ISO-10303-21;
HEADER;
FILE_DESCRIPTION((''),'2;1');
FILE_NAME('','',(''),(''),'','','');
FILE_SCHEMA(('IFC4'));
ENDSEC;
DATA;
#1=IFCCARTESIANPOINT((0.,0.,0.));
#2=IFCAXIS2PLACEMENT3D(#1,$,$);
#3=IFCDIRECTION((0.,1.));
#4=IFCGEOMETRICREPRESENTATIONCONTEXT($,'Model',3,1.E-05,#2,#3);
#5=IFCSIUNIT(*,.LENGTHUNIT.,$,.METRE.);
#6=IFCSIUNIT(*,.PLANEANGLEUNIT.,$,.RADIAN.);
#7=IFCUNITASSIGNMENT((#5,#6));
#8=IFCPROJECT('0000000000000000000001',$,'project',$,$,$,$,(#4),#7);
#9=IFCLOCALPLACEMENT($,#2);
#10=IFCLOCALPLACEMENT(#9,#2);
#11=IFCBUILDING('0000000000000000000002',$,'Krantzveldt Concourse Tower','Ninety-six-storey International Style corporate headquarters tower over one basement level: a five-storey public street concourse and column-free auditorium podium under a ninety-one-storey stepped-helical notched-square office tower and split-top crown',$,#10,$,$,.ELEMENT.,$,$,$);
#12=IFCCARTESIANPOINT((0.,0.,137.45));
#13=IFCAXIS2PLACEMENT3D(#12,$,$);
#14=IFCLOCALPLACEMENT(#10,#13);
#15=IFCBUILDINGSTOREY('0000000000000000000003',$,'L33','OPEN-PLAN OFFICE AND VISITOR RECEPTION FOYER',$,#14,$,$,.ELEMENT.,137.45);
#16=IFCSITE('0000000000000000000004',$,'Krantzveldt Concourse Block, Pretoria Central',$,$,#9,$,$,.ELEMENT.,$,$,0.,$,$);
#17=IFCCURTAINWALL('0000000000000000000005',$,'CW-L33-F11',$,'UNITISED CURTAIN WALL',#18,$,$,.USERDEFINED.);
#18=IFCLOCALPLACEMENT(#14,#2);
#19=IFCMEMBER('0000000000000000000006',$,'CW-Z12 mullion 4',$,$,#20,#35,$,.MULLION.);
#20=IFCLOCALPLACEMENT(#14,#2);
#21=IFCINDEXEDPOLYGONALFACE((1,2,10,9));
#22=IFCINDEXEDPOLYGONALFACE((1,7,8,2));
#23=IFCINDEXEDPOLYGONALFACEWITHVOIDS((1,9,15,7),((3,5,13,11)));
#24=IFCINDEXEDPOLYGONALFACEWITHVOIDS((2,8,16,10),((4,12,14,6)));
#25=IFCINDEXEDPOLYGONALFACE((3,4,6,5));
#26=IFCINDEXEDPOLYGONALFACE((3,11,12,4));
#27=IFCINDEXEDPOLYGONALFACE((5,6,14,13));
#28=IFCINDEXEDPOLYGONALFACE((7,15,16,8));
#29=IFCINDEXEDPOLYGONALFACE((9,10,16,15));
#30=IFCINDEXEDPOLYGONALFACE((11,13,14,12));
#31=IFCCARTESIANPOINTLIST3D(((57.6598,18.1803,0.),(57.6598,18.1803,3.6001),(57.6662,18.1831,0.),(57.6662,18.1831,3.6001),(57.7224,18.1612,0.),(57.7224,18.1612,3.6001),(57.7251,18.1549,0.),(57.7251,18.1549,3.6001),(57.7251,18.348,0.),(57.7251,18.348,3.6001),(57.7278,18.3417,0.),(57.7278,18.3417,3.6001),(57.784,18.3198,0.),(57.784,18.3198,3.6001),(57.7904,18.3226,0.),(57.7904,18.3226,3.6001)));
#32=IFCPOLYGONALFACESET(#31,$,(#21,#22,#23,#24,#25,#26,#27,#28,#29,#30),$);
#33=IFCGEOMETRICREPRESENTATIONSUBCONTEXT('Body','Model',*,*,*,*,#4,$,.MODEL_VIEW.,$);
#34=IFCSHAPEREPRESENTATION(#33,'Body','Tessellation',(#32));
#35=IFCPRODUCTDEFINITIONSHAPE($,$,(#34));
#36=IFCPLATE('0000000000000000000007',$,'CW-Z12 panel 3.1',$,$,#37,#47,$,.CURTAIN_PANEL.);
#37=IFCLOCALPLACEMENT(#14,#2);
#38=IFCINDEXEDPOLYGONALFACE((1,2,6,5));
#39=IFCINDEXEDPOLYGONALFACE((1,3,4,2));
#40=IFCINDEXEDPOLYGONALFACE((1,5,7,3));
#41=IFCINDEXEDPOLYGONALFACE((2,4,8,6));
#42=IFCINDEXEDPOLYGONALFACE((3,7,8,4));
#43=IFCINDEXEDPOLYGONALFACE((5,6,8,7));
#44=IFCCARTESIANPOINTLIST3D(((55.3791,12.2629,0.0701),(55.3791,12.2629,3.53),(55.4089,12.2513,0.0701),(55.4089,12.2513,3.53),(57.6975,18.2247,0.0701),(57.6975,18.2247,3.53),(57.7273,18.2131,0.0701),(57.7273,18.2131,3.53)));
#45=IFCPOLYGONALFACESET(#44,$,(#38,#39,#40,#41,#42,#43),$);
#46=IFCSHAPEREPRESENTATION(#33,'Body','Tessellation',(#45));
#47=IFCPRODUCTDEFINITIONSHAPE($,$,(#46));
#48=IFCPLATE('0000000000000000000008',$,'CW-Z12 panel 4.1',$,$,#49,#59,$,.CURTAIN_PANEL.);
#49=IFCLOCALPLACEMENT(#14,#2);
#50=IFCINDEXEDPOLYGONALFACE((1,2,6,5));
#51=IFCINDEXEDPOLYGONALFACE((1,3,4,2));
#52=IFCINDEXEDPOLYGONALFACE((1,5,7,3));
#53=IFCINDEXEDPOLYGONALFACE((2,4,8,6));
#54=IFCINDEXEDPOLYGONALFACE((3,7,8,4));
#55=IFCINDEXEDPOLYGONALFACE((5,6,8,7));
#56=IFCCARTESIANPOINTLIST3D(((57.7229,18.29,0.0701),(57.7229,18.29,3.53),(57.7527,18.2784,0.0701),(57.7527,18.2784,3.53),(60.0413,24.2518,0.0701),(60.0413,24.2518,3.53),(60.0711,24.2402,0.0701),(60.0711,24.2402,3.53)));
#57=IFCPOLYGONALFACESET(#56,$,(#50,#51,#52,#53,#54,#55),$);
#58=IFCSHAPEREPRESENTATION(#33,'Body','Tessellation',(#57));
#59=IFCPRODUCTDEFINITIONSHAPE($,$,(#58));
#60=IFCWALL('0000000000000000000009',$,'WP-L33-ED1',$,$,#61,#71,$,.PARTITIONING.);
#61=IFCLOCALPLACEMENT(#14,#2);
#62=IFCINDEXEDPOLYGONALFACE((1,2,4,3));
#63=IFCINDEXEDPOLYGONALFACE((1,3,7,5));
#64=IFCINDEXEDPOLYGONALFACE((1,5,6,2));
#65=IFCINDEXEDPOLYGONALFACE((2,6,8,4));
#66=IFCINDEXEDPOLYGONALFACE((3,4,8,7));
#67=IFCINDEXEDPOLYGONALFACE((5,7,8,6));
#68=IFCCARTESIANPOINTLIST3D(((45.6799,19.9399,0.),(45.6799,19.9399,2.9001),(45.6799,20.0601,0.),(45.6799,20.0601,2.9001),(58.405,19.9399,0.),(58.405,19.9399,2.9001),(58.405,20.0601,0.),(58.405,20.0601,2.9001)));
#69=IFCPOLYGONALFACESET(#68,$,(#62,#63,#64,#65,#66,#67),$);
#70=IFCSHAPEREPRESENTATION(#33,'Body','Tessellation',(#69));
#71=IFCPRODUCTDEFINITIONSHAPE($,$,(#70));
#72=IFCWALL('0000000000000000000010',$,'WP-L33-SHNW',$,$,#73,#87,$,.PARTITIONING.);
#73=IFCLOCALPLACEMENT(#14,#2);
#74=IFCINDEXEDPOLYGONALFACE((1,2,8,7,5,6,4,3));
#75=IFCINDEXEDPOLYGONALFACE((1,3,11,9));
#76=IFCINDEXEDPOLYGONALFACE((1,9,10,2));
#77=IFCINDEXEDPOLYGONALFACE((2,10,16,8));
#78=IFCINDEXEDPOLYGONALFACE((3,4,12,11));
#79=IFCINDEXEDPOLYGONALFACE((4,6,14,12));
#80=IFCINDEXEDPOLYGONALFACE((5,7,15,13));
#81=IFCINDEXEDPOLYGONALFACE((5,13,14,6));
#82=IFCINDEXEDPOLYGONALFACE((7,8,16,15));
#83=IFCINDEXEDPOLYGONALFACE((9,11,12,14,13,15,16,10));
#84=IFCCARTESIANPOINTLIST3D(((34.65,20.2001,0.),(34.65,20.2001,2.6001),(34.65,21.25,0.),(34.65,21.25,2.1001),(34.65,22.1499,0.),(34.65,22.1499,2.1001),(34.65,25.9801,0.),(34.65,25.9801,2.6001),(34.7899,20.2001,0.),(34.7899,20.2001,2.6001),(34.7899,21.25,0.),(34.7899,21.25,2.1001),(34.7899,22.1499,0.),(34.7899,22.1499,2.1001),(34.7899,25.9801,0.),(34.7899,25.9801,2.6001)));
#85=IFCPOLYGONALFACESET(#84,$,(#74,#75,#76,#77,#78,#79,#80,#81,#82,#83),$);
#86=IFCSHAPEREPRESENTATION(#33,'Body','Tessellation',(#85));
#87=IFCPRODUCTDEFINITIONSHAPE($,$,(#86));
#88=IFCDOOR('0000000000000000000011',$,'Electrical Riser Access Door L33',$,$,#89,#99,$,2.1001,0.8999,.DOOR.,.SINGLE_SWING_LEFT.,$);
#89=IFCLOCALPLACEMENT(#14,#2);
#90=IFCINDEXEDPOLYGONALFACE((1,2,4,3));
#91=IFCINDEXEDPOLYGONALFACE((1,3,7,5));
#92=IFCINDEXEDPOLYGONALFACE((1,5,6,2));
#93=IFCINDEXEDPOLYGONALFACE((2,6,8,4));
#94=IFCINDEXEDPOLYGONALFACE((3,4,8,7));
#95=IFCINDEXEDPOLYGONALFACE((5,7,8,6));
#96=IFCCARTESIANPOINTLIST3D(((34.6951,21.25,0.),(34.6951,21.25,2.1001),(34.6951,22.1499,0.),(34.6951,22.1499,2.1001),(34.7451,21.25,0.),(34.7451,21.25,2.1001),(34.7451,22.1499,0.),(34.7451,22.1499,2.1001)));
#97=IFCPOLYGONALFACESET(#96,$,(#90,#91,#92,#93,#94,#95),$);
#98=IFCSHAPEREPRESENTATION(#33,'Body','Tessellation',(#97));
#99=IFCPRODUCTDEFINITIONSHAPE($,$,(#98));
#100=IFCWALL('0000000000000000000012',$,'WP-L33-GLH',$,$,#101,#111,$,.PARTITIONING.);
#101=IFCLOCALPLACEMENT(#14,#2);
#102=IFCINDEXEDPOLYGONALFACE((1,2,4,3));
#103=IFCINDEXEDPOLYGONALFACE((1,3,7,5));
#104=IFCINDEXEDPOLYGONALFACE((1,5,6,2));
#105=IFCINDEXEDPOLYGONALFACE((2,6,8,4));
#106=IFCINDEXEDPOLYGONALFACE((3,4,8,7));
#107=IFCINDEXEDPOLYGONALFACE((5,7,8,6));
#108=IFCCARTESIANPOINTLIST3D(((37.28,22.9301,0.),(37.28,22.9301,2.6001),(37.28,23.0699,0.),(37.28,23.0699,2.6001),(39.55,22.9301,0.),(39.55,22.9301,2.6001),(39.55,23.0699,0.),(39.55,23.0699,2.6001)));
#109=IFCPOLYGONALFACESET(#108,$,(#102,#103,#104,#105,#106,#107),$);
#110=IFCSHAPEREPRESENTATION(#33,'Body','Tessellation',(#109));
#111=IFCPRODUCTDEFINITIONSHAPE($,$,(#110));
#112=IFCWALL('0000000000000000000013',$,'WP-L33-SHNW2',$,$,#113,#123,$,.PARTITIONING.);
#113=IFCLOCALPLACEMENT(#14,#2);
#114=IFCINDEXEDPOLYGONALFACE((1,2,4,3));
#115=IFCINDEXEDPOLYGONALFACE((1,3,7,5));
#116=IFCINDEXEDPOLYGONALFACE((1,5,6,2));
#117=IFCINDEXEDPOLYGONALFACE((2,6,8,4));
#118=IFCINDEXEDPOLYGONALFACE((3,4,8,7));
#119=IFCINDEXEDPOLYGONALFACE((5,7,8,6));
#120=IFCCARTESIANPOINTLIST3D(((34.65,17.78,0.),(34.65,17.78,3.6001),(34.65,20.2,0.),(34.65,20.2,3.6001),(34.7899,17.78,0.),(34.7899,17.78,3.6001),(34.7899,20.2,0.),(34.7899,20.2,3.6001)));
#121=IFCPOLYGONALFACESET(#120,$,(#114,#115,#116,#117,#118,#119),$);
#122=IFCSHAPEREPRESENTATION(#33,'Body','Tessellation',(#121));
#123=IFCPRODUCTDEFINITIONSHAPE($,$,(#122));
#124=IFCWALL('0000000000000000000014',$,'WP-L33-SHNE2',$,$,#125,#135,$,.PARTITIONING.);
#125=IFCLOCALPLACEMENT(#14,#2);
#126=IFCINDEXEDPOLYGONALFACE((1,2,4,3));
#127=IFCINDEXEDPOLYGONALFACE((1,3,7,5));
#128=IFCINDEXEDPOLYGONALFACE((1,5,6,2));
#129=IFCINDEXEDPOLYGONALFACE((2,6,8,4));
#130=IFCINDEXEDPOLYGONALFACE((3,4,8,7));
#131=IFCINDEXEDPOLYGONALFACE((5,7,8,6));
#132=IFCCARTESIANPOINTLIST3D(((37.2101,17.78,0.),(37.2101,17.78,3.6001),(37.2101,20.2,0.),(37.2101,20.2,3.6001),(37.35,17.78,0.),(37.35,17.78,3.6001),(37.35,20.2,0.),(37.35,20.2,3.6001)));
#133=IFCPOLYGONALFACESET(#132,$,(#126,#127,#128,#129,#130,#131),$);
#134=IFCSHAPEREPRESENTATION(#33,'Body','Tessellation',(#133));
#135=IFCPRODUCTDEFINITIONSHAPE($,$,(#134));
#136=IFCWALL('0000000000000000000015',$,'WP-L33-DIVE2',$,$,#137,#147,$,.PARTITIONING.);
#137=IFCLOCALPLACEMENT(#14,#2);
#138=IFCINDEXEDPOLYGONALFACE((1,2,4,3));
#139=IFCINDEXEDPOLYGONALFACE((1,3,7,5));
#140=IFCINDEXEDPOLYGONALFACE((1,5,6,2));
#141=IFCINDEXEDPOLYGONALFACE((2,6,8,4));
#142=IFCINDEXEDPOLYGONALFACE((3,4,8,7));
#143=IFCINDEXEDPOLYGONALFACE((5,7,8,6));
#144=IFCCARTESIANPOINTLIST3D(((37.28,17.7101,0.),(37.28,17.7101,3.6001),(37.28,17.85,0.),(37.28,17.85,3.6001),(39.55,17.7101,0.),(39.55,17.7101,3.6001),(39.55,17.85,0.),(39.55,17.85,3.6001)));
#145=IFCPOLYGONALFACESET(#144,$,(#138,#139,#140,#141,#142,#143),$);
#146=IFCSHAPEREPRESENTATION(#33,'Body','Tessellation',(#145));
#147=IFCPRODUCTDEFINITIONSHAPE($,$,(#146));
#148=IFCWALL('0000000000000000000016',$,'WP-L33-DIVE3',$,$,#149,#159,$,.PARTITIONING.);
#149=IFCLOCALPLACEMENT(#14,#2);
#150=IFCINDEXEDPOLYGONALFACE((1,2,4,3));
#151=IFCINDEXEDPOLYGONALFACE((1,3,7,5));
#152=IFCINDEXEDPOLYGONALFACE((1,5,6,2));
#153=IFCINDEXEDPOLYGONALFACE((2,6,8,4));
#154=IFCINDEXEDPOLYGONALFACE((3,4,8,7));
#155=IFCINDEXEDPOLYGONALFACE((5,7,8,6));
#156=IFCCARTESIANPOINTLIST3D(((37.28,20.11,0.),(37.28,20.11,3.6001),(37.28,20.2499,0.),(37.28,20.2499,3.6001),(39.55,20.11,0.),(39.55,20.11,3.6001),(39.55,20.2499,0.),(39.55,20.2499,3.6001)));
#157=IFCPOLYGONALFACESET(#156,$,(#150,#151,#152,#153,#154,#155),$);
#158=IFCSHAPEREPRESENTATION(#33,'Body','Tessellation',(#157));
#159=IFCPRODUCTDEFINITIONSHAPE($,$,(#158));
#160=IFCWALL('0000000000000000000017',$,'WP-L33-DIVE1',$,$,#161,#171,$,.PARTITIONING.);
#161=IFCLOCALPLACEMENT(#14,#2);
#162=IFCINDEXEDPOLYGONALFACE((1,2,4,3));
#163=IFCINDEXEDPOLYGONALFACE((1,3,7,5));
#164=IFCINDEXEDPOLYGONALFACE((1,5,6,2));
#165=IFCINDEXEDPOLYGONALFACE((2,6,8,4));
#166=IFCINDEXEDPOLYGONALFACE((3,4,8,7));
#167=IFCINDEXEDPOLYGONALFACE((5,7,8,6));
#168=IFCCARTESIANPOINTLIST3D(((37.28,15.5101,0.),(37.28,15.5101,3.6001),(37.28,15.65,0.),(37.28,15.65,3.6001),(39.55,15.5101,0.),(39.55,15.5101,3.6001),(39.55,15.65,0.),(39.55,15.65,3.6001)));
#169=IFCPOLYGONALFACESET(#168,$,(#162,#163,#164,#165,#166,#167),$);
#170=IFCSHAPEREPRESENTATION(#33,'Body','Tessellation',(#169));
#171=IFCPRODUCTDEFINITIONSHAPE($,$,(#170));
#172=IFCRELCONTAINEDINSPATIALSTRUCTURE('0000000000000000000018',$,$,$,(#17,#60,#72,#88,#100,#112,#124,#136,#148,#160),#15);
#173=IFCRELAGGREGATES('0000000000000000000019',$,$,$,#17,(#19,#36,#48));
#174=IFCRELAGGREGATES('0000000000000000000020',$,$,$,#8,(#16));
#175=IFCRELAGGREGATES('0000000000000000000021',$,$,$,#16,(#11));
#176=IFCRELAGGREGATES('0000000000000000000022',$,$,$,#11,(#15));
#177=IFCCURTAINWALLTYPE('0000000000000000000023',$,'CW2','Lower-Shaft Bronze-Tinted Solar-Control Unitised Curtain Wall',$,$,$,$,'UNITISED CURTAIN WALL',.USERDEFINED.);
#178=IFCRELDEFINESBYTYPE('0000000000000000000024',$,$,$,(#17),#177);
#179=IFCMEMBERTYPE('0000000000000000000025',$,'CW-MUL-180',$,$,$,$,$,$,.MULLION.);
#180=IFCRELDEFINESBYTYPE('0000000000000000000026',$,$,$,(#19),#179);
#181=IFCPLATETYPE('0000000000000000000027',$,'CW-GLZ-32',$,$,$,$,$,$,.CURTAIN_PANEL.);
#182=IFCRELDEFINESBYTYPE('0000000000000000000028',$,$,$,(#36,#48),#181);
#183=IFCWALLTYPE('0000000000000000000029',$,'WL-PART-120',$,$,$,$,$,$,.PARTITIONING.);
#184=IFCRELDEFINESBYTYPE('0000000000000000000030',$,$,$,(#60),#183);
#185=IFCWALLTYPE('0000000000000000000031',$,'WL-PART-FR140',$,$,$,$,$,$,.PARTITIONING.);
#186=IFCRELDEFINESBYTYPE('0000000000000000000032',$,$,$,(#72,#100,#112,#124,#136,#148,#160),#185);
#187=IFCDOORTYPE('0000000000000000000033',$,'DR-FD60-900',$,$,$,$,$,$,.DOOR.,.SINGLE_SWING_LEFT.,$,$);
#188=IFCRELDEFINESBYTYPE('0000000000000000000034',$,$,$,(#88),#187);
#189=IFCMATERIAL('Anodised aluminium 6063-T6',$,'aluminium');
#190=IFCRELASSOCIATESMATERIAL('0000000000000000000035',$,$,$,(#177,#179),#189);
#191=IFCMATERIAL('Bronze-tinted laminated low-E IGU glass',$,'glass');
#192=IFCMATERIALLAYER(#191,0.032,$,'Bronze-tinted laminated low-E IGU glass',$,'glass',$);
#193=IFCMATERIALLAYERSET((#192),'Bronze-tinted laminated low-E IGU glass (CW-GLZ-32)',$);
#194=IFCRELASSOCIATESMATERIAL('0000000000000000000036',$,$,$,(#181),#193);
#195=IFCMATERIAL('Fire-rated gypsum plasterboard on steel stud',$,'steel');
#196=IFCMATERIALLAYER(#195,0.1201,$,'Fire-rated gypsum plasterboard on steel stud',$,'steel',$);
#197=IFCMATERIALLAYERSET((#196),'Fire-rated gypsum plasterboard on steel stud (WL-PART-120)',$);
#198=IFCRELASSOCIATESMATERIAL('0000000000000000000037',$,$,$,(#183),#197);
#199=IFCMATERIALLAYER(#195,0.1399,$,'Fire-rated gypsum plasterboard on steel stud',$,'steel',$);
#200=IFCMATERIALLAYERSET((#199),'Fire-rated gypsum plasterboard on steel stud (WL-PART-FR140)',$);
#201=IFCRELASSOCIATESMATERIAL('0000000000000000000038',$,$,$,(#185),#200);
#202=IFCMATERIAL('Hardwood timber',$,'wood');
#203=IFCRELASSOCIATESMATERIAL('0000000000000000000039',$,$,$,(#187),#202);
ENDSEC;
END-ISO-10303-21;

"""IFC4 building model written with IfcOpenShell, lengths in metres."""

from ifc_helpers import new_model, si_unit, direction, frame, frame_2d, origin, origin_2d, place, context, subcontext, project, spatial, rectangle, hollow_rectangle, extrude, source, transform, mapped, material, layer, layer_set, material_profile, profile_set, type_object, type_shapes, element, fill, aggregate, save


model = new_model("IFC4")

# Units and contexts
model_context = context("Model", 3, precision=1e-05, world=origin(), true_north=direction((0.0, 1.0)))
body_context = subcontext(model_context, "Body", "Model", "MODEL_VIEW")
ifc_project = project(units=[si_unit("LENGTHUNIT", "METRE"), si_unit("PLANEANGLEUNIT", "RADIAN")], contexts=[model_context])

# Site, building, storey
site_placement = place(None, origin())
site = spatial("IfcSite", under=ifc_project, at=site_placement, Name="Krantzveldt Concourse Block, Pretoria Central", CompositionType="ELEMENT", RefElevation=0.0)
building_placement = place(site_placement, origin())
building = spatial("IfcBuilding", under=site, at=building_placement, Name="Krantzveldt Concourse Tower", Description="Ninety-six-storey International Style corporate headquarters tower over one basement level: a five-storey public street concourse and column-free auditorium podium under a ninety-one-storey stepped-helical notched-square office tower and split-top crown", CompositionType="ELEMENT")
storey_placement = place(building_placement, frame((0.0, 0.0, 137.45)))
storey = spatial("IfcBuildingStorey", under=building, at=storey_placement, Name="L33", Description="OPEN-PLAN OFFICE AND VISITOR RECEPTION FOYER", CompositionType="ELEMENT", Elevation=137.45)

# Curtain wall, member, plates
ifc_material_1 = material(Name="Anodised aluminium 6063-T6", Category="aluminium")
curtain_wall_type = type_object("IfcCurtainWallType", Name="CW2", Description="Lower-Shaft Bronze-Tinted Solar-Control Unitised Curtain Wall", ElementType="UNITISED CURTAIN WALL", PredefinedType="USERDEFINED", material=ifc_material_1)
curtain_wall_placement = place(storey_placement, origin())
curtain_wall = element("IfcCurtainWall", 1, at=curtain_wall_placement, inside=storey, type_object=curtain_wall_type, Name="CW-L33-F11", ObjectType="UNITISED CURTAIN WALL", PredefinedType="USERDEFINED")
ifc_material_profile_1 = material_profile(ifc_material_1, hollow_rectangle(XDim=0.0701, YDim=0.1799, WallThickness=0.0049, at=origin_2d()), Name="Anodised aluminium 6063-T6", Category="aluminium")
ifc_profile_set_1 = profile_set([ifc_material_profile_1], Name="Anodised aluminium 6063-T6 - ALU-MULL 180x70x5")
member_type_1 = type_object("IfcMemberType", Name="CW-MUL-180", PredefinedType="MULLION", material=ifc_profile_set_1)
shared_shape_1 = source(origin(), body_context, "Body", "SweptSolid", [
    extrude(hollow_rectangle(XDim=0.0701, YDim=0.1799, WallThickness=0.0049, at=origin_2d()), origin(), (0.0, 0.0, 1.0), 3.6001),
])
type_shapes(member_type_1, [shared_shape_1])
member_1_placement = place(storey_placement, frame((57.7251, 18.2515, 0.0), z_axis=(0.0, 0.0, 1.0), x_axis=(-0.932008, 0.362438, 0.0)))
member_1 = element("IfcMember", 2, at=member_1_placement, type_object=member_type_1, Name="CW-Z12 mullion 4", PredefinedType="MULLION", context=body_context, shape_type="MappedRepresentation", body=[
    mapped(shared_shape_1, transform((0.0, 0.0, 0.0), x_axis=(1.0, 0.0, 0.0), y_axis=(0.0, 1.0, 0.0), z_axis=(0.0, 0.0, 1.0), scale=1.0)),
])
ifc_material_2 = material(Name="Bronze-tinted laminated low-E IGU glass", Category="glass")
ifc_layer_1 = layer(ifc_material_2, 0.032, Name="Bronze-tinted laminated low-E IGU glass", Category="glass")
ifc_layer_set_1 = layer_set([ifc_layer_1], Name="Bronze-tinted laminated low-E IGU glass (CW-GLZ-32)")
plate_type = type_object("IfcPlateType", Name="CW-GLZ-32", PredefinedType="CURTAIN_PANEL", material=ifc_layer_set_1)
shared_shape_2 = source(origin(), body_context, "Body", "SweptSolid", [
    extrude(rectangle(XDim=6.3967, YDim=0.032, at=origin_2d()), origin(), (0.0, 0.0, 1.0), 3.46),
])
type_shapes(plate_type, [shared_shape_2])
plate_1_placement = place(storey_placement, frame((56.5532, 15.238, 0.0701), z_axis=(0.0, 0.0, 1.0), x_axis=(0.362438, 0.932008, 0.0)))
plate_1 = element("IfcPlate", 3, at=plate_1_placement, type_object=plate_type, Name="CW-Z12 panel 3.1", PredefinedType="CURTAIN_PANEL", context=body_context, shape_type="MappedRepresentation", body=[
    mapped(shared_shape_2, transform((0.0, 0.0, 0.0), x_axis=(1.0, 0.0, 0.0), y_axis=(0.0, 1.0, 0.0), z_axis=(0.0, 0.0, 1.0), scale=1.0)),
])
plate_2_placement = place(storey_placement, frame((58.897, 21.2651, 0.0701), z_axis=(0.0, 0.0, 1.0), x_axis=(0.362438, 0.932008, 0.0)))
plate_2 = element("IfcPlate", 4, at=plate_2_placement, type_object=plate_type, Name="CW-Z12 panel 4.1", PredefinedType="CURTAIN_PANEL", context=body_context, shape_type="MappedRepresentation", body=[
    mapped(shared_shape_2, transform((0.0, 0.0, 0.0), x_axis=(1.0, 0.0, 0.0), y_axis=(0.0, 1.0, 0.0), z_axis=(0.0, 0.0, 1.0), scale=1.0)),
])
aggregate(curtain_wall, [member_1, plate_1, plate_2])

# Wall
ifc_material_3 = material(Name="Fire-rated gypsum plasterboard on steel stud", Category="steel")
ifc_layer_2 = layer(ifc_material_3, 0.1201, Name="Fire-rated gypsum plasterboard on steel stud", Category="steel")
ifc_layer_set_2 = layer_set([ifc_layer_2], Name="Fire-rated gypsum plasterboard on steel stud (WL-PART-120)")
wall_type_1 = type_object("IfcWallType", Name="WL-PART-120", PredefinedType="PARTITIONING", material=ifc_layer_set_2)
wall_1_placement = place(storey_placement, frame((45.6799, 20.0, 0.0), z_axis=(0.0, 0.0, 1.0), x_axis=(1.0, 0.0, 0.0)))
element("IfcWall", 5, at=wall_1_placement, inside=storey, type_object=wall_type_1, Name="WP-L33-ED1", PredefinedType="PARTITIONING", context=body_context, shape_type="SweptSolid", body=[
    extrude(rectangle(XDim=12.7251, YDim=0.1201, at=frame_2d((6.3625, 0.0))), origin(), (0.0, 0.0, 1.0), 2.9001),
])

# Wall, opening, door
ifc_layer_3 = layer(ifc_material_3, 0.1399, Name="Fire-rated gypsum plasterboard on steel stud", Category="steel")
ifc_layer_set_3 = layer_set([ifc_layer_3], Name="Fire-rated gypsum plasterboard on steel stud (WL-PART-FR140)")
wall_type_2 = type_object("IfcWallType", Name="WL-PART-FR140", PredefinedType="PARTITIONING", material=ifc_layer_set_3)
wall_2_placement = place(storey_placement, frame((34.72, 20.2, 0.0), z_axis=(0.0, 0.0, 1.0), x_axis=(0.0, 1.0, 0.0)))
wall_2 = element("IfcWall", 6, at=wall_2_placement, inside=storey, type_object=wall_type_2, Name="WP-L33-SHNW", PredefinedType="PARTITIONING", context=body_context, shape_type="SweptSolid", body=[
    extrude(rectangle(XDim=5.78, YDim=0.1399, at=frame_2d((2.8901, 0.0))), origin(), (0.0, 0.0, 1.0), 2.6001),
])
opening_1_placement = place(wall_2_placement, frame((1.05, 0.0, 0.0)))
opening_1 = element("IfcOpeningElement", 7, at=opening_1_placement, cuts=wall_2, PredefinedType="OPENING", context=body_context, shape_type="SweptSolid", body=[
    extrude(rectangle(XDim=0.8999, YDim=2.1001, at=frame_2d((0.45, 1.05))), frame((0.0, 0.0801, 0.0), z_axis=(0.0, -1.0, 0.0), x_axis=(1.0, 0.0, 0.0)), (0.0, 0.0, 1.0), 0.1599),
])
ifc_material_4 = material(Name="Hardwood timber", Category="wood")
door_type_1 = type_object("IfcDoorType", Name="DR-FD60-900", OperationType="SINGLE_SWING_LEFT", PredefinedType="DOOR", material=ifc_material_4)
door_1_placement = place(opening_1_placement, origin())
door_1 = element("IfcDoor", 8, at=door_1_placement, inside=storey, type_object=door_type_1, Name="Electrical Riser Access Door L33", OperationType="SINGLE_SWING_LEFT", OverallHeight=2.1001, OverallWidth=0.8999, PredefinedType="DOOR", context=body_context, shape_type="SweptSolid", body=[
    extrude(rectangle(XDim=0.8999, YDim=2.1001, at=frame_2d((0.45, 1.05))), frame((0.0, 0.0249, 0.0), z_axis=(0.0, -1.0, 0.0), x_axis=(1.0, 0.0, 0.0)), (0.0, 0.0, 1.0), 0.05),
])
fill(opening_1, door_1)

# Walls
wall_3_placement = place(storey_placement, frame((37.28, 23.0, 0.0), z_axis=(0.0, 0.0, 1.0), x_axis=(1.0, 0.0, 0.0)))
element("IfcWall", 9, at=wall_3_placement, inside=storey, type_object=wall_type_2, Name="WP-L33-GLH", PredefinedType="PARTITIONING", context=body_context, shape_type="SweptSolid", body=[
    extrude(rectangle(XDim=2.27, YDim=0.1399, at=frame_2d((1.135, 0.0))), origin(), (0.0, 0.0, 1.0), 2.6001),
])
for number, where, z_axis, x_axis, name in (
    (10, (34.72, 17.78, 0.0), (0.0, 0.0, 1.0), (0.0, 1.0, 0.0), "WP-L33-SHNW2"),
    (11, (37.28, 17.78, 0.0), (0.0, 0.0, 1.0), (0.0, 1.0, 0.0), "WP-L33-SHNE2"),
):
    element("IfcWall", number, at=place(storey_placement, frame(where, z_axis=z_axis, x_axis=x_axis)), inside=storey, type_object=wall_type_2, Name=name, PredefinedType="PARTITIONING", context=body_context, shape_type="SweptSolid", body=[
        extrude(rectangle(XDim=2.4199, YDim=0.1399, at=frame_2d((1.21, 0.0))), origin(), (0.0, 0.0, 1.0), 3.6001),
    ])
for number, where, z_axis, x_axis, name in (
    (12, (37.28, 17.78, 0.0), (0.0, 0.0, 1.0), (1.0, 0.0, 0.0), "WP-L33-DIVE2"),
    (13, (37.28, 20.1799, 0.0), (0.0, 0.0, 1.0), (1.0, 0.0, 0.0), "WP-L33-DIVE3"),
    (14, (37.28, 15.5801, 0.0), (0.0, 0.0, 1.0), (1.0, 0.0, 0.0), "WP-L33-DIVE1"),
):
    element("IfcWall", number, at=place(storey_placement, frame(where, z_axis=z_axis, x_axis=x_axis)), inside=storey, type_object=wall_type_2, Name=name, PredefinedType="PARTITIONING", context=body_context, shape_type="SweptSolid", body=[
        extrude(rectangle(XDim=2.27, YDim=0.1399, at=frame_2d((1.135, 0.0))), origin(), (0.0, 0.0, 1.0), 3.6001),
    ])

save(model, "model.ifc")
